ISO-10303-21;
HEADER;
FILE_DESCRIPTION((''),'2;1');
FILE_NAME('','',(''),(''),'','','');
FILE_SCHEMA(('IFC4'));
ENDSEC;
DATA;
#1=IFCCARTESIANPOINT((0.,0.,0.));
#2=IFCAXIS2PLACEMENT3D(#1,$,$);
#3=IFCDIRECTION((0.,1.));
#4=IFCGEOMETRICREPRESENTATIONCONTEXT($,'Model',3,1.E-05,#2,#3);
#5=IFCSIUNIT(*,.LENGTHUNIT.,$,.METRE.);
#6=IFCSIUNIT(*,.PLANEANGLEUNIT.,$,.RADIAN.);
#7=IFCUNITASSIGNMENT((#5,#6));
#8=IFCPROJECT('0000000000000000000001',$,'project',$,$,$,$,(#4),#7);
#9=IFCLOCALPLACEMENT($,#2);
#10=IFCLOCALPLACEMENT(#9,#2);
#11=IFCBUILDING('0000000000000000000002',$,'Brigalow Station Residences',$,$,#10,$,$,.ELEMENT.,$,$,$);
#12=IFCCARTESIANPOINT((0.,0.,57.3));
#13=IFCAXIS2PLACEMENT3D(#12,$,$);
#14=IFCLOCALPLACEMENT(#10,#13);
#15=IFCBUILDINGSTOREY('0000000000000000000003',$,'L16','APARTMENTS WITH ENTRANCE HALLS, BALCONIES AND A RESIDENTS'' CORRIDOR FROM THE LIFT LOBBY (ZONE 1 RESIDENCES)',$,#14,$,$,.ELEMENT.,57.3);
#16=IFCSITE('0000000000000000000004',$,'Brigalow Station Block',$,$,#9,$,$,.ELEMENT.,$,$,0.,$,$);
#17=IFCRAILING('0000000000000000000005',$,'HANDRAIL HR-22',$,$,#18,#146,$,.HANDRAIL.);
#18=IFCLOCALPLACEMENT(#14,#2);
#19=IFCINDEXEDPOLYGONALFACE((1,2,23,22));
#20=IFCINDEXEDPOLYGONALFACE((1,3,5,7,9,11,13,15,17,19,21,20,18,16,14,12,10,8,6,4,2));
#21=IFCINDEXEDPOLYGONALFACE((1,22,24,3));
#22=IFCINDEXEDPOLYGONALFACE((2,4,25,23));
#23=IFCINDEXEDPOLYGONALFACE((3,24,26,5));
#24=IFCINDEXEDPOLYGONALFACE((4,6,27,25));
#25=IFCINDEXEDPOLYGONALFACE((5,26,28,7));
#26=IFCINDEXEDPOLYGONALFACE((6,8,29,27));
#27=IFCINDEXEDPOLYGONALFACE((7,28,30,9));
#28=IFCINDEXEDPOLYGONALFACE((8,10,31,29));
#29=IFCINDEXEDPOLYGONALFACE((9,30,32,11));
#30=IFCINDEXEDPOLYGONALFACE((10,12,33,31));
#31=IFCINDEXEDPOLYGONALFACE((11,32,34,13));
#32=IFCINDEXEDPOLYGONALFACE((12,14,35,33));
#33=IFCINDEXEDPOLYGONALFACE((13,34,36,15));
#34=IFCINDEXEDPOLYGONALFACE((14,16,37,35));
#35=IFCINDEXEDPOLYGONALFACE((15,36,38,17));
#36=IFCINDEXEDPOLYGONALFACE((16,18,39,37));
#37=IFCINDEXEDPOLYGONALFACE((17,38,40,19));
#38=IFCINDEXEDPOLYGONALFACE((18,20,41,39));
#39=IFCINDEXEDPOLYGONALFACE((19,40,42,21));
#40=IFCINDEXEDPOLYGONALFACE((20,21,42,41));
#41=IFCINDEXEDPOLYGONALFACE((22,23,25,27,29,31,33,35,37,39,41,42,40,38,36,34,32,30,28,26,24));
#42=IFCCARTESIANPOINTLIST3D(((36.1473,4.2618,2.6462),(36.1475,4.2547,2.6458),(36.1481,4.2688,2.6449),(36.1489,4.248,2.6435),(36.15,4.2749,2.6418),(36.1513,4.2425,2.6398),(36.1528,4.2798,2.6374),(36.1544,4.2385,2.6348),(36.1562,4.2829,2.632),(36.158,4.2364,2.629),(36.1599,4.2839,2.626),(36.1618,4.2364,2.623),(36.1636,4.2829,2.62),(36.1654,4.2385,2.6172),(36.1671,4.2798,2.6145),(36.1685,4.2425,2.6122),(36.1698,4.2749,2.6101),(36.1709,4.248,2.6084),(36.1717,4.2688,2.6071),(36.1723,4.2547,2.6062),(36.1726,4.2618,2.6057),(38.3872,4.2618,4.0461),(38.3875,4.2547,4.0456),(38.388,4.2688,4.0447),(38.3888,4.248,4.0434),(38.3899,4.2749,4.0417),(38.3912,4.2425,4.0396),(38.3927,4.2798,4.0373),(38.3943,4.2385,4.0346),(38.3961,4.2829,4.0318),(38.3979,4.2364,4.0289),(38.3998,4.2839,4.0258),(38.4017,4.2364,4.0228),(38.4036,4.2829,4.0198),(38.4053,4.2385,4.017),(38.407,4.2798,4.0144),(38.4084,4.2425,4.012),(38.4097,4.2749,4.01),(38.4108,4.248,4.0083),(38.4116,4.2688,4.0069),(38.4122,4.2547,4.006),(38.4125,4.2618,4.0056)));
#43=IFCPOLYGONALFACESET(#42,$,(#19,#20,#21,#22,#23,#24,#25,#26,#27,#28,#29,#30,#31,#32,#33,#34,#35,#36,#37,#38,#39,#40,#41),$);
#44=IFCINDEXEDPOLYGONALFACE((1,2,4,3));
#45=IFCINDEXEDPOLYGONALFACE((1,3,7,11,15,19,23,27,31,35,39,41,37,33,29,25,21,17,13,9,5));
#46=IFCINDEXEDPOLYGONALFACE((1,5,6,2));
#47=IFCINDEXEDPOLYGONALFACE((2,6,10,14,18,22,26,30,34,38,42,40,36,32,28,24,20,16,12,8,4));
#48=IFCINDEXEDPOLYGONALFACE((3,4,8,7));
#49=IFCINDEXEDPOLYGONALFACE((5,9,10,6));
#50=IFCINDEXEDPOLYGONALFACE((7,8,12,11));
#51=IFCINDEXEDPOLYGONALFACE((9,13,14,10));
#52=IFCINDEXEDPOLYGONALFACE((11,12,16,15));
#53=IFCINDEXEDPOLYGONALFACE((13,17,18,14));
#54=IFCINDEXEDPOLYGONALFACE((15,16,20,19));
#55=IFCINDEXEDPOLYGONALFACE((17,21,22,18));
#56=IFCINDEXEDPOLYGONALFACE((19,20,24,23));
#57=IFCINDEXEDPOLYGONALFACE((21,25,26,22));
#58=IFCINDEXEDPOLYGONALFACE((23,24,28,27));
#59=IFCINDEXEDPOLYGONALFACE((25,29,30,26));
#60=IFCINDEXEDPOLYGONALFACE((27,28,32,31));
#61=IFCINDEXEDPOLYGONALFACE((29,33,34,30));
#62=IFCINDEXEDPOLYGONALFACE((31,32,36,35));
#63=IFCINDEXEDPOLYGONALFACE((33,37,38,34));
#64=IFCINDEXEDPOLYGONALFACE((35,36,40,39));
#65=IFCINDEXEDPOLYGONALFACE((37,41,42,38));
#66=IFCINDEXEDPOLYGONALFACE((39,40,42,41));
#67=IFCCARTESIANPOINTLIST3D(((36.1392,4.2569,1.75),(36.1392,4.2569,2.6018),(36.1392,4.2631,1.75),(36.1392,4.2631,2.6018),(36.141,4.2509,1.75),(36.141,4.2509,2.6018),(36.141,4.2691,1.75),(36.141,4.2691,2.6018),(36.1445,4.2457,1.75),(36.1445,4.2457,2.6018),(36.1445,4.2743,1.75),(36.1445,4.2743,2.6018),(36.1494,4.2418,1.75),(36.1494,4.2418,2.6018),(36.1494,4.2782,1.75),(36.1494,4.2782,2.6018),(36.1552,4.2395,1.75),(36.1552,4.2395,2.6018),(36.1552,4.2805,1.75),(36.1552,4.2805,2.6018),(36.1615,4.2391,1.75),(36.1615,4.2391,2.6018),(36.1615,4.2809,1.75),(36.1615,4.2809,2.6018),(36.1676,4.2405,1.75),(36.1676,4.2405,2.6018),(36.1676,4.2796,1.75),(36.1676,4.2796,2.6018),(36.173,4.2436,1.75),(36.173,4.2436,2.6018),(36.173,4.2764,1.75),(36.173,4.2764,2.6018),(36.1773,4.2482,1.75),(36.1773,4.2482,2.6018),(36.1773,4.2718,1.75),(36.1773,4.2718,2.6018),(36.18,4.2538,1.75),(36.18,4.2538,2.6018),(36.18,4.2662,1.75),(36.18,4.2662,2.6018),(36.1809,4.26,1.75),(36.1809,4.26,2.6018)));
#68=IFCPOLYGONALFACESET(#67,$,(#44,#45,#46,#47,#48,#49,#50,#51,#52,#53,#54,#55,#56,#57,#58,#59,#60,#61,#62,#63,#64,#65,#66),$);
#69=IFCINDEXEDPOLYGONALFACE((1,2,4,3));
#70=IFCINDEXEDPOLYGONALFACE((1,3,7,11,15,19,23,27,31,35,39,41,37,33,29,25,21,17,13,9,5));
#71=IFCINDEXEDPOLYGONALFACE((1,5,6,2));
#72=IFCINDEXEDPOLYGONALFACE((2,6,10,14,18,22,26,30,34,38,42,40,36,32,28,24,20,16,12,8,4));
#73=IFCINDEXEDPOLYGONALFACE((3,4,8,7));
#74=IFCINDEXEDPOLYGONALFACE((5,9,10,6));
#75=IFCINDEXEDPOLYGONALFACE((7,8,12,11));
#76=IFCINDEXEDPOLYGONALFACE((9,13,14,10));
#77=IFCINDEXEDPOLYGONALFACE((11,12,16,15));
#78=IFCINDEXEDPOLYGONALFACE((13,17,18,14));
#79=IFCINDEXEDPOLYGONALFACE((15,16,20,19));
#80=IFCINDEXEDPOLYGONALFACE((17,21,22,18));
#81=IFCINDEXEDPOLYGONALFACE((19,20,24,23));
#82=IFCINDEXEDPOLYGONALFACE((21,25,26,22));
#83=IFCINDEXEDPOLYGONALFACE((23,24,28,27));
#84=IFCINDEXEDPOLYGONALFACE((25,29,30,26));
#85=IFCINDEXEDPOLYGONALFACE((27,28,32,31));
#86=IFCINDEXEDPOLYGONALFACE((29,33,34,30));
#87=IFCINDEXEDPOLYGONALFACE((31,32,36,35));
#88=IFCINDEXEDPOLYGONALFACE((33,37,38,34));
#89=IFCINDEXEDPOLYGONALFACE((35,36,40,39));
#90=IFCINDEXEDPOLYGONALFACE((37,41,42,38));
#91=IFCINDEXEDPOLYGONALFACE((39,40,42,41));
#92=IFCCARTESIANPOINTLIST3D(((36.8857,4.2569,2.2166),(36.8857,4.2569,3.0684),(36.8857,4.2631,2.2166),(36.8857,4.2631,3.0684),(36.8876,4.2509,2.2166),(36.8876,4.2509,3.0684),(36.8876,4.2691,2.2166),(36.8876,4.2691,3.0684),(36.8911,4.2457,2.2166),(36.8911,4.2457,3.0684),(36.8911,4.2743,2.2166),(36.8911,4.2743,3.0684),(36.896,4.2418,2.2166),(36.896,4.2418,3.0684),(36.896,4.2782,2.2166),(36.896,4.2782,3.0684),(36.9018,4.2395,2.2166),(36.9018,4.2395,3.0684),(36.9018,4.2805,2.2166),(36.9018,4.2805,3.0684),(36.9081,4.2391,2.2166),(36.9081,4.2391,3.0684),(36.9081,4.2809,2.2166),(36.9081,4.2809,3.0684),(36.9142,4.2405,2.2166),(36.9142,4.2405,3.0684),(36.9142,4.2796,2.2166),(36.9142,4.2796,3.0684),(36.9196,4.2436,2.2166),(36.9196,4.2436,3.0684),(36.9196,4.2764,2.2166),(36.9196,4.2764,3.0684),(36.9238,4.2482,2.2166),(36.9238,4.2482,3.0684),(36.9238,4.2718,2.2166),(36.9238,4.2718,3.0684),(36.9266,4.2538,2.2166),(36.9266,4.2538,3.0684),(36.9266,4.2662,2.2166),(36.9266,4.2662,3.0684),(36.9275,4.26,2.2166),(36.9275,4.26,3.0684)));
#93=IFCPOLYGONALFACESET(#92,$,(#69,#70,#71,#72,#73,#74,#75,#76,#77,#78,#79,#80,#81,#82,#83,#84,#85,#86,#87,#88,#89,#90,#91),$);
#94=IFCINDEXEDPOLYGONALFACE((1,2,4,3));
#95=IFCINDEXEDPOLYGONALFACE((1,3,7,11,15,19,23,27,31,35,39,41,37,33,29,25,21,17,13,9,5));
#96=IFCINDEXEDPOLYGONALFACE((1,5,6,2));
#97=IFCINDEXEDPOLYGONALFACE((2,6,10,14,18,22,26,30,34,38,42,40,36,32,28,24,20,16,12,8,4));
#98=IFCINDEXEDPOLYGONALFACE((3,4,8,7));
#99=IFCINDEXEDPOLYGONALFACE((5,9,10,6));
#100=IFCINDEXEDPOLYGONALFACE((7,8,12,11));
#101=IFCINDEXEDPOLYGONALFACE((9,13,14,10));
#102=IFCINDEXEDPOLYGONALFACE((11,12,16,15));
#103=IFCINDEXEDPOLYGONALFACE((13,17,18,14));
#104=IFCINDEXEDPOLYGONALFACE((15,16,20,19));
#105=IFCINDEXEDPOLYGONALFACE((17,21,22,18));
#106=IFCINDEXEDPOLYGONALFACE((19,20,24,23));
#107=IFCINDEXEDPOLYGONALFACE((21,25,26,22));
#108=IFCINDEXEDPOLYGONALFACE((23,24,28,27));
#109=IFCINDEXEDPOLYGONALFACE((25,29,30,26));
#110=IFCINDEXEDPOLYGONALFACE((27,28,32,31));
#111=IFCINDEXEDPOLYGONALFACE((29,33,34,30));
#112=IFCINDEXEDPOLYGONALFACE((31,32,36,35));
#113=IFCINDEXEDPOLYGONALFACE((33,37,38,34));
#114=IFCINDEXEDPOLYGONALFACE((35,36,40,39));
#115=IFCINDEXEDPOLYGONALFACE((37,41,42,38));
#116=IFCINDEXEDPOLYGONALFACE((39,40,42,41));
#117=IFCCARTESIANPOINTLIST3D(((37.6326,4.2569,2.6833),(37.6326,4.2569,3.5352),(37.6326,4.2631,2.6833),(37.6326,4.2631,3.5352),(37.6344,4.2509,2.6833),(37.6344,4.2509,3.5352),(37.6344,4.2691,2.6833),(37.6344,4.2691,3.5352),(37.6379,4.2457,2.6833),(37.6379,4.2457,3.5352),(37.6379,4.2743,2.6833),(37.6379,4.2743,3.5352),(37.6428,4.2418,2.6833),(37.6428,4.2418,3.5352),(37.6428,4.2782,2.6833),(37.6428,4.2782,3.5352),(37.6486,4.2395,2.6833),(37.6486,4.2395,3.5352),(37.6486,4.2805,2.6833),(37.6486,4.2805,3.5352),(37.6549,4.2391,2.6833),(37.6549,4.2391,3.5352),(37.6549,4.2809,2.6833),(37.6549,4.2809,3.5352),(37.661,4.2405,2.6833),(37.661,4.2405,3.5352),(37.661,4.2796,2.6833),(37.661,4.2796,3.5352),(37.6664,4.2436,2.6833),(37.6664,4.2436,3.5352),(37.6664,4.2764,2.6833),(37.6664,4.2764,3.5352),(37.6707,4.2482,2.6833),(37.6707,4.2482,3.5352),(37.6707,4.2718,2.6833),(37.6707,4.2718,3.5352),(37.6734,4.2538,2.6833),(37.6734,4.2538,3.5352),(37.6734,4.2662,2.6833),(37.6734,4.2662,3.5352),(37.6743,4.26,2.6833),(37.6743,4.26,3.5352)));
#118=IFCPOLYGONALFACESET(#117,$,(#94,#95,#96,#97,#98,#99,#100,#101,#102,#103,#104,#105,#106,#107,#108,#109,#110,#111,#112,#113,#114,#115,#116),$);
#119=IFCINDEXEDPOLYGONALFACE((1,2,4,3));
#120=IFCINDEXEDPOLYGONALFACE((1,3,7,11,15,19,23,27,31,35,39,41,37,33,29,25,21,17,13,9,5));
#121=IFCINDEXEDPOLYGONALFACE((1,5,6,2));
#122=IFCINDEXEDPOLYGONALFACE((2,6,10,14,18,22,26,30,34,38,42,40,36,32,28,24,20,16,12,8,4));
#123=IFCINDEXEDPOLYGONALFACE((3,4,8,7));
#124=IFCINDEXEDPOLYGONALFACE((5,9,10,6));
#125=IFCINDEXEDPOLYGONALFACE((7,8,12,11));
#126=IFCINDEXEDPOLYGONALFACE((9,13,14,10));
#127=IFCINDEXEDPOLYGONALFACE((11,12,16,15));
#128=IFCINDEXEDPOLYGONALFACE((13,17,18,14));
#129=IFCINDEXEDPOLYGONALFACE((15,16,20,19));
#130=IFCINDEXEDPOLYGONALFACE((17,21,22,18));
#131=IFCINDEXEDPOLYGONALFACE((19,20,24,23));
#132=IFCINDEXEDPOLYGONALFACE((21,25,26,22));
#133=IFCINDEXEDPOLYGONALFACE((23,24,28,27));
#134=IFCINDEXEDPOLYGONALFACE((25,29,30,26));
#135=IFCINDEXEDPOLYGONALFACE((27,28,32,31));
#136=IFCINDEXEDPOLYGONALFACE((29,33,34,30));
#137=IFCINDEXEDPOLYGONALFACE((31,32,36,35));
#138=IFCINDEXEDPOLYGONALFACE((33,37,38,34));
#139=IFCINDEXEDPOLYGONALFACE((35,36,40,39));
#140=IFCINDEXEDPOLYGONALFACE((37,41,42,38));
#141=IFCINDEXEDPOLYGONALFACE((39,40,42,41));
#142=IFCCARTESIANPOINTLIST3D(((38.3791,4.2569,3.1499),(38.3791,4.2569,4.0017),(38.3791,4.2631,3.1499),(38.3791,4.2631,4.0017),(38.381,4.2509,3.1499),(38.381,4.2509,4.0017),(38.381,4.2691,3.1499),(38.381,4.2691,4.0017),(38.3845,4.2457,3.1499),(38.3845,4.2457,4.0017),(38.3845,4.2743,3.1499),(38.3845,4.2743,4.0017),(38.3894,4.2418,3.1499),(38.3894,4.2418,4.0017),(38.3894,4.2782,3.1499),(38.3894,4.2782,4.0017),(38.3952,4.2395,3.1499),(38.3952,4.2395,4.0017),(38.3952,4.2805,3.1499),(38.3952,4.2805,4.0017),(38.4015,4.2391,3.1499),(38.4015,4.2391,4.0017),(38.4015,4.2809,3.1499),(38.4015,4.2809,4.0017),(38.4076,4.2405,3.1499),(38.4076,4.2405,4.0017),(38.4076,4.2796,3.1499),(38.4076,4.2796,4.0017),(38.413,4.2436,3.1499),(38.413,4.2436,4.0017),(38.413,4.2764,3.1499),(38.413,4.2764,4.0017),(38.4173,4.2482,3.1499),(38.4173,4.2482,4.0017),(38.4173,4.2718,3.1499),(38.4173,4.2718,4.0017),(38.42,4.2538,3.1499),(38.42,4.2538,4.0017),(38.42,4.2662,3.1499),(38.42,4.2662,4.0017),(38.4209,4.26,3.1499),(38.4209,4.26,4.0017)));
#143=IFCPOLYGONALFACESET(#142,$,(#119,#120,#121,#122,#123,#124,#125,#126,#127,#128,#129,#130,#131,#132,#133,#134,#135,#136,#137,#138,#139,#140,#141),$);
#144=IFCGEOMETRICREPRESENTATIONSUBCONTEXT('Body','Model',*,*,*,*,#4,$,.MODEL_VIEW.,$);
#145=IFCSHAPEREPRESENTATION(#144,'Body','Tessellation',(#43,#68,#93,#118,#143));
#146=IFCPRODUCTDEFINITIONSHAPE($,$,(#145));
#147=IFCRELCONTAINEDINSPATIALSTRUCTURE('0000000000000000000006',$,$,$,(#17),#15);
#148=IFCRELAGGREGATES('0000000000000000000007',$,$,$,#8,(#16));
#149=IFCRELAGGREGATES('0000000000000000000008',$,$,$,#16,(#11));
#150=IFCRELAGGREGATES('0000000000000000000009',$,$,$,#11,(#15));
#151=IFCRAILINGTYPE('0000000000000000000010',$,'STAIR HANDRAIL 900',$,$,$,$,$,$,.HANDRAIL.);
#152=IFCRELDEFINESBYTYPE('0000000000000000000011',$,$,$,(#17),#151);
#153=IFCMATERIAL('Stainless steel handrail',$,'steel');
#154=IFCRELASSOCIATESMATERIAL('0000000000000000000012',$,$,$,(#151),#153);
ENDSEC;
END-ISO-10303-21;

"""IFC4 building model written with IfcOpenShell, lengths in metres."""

from ifc_helpers import new_model, si_unit, direction, frame, origin, origin_2d, place, context, subcontext, project, spatial, circle, extrude, material, type_object, element, save


model = new_model("IFC4")

# Units and contexts
model_context = context("Model", 3, precision=1e-05, world=origin(), true_north=direction((0.0, 1.0)))
body_context = subcontext(model_context, "Body", "Model", "MODEL_VIEW")
ifc_project = project(units=[si_unit("LENGTHUNIT", "METRE"), si_unit("PLANEANGLEUNIT", "RADIAN")], contexts=[model_context])

# Site, building, storey
site_placement = place(None, origin())
site = spatial("IfcSite", under=ifc_project, at=site_placement, Name="Brigalow Station Block", CompositionType="ELEMENT", RefElevation=0.0)
building_placement = place(site_placement, origin())
building = spatial("IfcBuilding", under=site, at=building_placement, Name="Brigalow Station Residences", CompositionType="ELEMENT")
storey_placement = place(building_placement, frame((0.0, 0.0, 57.3)))
storey = spatial("IfcBuildingStorey", under=building, at=storey_placement, Name="L16", Description="APARTMENTS WITH ENTRANCE HALLS, BALCONIES AND A RESIDENTS' CORRIDOR FROM THE LIFT LOBBY (ZONE 1 RESIDENCES)", CompositionType="ELEMENT", Elevation=57.3)

# Railing
ifc_material_1 = material(Name="Stainless steel handrail", Category="steel")
railing_type_1 = type_object("IfcRailingType", Name="STAIR HANDRAIL 900", PredefinedType="HANDRAIL", material=ifc_material_1)
railing_1_placement = place(storey_placement, frame((36.1599, 4.26, 1.75)))
element("IfcRailing", 1, at=railing_1_placement, inside=storey, type_object=railing_type_1, Name="HANDRAIL HR-22", PredefinedType="HANDRAIL", context=body_context, shape_type="SweptSolid", body=[
    extrude(circle(Radius=0.0239, at=origin_2d()), frame((0.0, 0.0, 0.876), z_axis=(0.848014, 0.0, 0.529974), x_axis=(0.0, 1.0, 0.0)), (0.0, 0.0, 1.0), 2.6414),
    extrude(circle(Radius=0.021, at=origin_2d()), origin(), (0.0, 0.0, 1.0), 0.8518),
    extrude(circle(Radius=0.021, at=origin_2d()), frame((0.7466, 0.0, 0.4666)), (0.0, 0.0, 1.0), 0.8518),
    extrude(circle(Radius=0.021, at=origin_2d()), frame((1.4934, 0.0, 0.9333)), (0.0, 0.0, 1.0), 0.8518),
    extrude(circle(Radius=0.021, at=origin_2d()), frame((2.24, 0.0, 1.3999)), (0.0, 0.0, 1.0), 0.8518),
])

save(model, "model.ifc")
